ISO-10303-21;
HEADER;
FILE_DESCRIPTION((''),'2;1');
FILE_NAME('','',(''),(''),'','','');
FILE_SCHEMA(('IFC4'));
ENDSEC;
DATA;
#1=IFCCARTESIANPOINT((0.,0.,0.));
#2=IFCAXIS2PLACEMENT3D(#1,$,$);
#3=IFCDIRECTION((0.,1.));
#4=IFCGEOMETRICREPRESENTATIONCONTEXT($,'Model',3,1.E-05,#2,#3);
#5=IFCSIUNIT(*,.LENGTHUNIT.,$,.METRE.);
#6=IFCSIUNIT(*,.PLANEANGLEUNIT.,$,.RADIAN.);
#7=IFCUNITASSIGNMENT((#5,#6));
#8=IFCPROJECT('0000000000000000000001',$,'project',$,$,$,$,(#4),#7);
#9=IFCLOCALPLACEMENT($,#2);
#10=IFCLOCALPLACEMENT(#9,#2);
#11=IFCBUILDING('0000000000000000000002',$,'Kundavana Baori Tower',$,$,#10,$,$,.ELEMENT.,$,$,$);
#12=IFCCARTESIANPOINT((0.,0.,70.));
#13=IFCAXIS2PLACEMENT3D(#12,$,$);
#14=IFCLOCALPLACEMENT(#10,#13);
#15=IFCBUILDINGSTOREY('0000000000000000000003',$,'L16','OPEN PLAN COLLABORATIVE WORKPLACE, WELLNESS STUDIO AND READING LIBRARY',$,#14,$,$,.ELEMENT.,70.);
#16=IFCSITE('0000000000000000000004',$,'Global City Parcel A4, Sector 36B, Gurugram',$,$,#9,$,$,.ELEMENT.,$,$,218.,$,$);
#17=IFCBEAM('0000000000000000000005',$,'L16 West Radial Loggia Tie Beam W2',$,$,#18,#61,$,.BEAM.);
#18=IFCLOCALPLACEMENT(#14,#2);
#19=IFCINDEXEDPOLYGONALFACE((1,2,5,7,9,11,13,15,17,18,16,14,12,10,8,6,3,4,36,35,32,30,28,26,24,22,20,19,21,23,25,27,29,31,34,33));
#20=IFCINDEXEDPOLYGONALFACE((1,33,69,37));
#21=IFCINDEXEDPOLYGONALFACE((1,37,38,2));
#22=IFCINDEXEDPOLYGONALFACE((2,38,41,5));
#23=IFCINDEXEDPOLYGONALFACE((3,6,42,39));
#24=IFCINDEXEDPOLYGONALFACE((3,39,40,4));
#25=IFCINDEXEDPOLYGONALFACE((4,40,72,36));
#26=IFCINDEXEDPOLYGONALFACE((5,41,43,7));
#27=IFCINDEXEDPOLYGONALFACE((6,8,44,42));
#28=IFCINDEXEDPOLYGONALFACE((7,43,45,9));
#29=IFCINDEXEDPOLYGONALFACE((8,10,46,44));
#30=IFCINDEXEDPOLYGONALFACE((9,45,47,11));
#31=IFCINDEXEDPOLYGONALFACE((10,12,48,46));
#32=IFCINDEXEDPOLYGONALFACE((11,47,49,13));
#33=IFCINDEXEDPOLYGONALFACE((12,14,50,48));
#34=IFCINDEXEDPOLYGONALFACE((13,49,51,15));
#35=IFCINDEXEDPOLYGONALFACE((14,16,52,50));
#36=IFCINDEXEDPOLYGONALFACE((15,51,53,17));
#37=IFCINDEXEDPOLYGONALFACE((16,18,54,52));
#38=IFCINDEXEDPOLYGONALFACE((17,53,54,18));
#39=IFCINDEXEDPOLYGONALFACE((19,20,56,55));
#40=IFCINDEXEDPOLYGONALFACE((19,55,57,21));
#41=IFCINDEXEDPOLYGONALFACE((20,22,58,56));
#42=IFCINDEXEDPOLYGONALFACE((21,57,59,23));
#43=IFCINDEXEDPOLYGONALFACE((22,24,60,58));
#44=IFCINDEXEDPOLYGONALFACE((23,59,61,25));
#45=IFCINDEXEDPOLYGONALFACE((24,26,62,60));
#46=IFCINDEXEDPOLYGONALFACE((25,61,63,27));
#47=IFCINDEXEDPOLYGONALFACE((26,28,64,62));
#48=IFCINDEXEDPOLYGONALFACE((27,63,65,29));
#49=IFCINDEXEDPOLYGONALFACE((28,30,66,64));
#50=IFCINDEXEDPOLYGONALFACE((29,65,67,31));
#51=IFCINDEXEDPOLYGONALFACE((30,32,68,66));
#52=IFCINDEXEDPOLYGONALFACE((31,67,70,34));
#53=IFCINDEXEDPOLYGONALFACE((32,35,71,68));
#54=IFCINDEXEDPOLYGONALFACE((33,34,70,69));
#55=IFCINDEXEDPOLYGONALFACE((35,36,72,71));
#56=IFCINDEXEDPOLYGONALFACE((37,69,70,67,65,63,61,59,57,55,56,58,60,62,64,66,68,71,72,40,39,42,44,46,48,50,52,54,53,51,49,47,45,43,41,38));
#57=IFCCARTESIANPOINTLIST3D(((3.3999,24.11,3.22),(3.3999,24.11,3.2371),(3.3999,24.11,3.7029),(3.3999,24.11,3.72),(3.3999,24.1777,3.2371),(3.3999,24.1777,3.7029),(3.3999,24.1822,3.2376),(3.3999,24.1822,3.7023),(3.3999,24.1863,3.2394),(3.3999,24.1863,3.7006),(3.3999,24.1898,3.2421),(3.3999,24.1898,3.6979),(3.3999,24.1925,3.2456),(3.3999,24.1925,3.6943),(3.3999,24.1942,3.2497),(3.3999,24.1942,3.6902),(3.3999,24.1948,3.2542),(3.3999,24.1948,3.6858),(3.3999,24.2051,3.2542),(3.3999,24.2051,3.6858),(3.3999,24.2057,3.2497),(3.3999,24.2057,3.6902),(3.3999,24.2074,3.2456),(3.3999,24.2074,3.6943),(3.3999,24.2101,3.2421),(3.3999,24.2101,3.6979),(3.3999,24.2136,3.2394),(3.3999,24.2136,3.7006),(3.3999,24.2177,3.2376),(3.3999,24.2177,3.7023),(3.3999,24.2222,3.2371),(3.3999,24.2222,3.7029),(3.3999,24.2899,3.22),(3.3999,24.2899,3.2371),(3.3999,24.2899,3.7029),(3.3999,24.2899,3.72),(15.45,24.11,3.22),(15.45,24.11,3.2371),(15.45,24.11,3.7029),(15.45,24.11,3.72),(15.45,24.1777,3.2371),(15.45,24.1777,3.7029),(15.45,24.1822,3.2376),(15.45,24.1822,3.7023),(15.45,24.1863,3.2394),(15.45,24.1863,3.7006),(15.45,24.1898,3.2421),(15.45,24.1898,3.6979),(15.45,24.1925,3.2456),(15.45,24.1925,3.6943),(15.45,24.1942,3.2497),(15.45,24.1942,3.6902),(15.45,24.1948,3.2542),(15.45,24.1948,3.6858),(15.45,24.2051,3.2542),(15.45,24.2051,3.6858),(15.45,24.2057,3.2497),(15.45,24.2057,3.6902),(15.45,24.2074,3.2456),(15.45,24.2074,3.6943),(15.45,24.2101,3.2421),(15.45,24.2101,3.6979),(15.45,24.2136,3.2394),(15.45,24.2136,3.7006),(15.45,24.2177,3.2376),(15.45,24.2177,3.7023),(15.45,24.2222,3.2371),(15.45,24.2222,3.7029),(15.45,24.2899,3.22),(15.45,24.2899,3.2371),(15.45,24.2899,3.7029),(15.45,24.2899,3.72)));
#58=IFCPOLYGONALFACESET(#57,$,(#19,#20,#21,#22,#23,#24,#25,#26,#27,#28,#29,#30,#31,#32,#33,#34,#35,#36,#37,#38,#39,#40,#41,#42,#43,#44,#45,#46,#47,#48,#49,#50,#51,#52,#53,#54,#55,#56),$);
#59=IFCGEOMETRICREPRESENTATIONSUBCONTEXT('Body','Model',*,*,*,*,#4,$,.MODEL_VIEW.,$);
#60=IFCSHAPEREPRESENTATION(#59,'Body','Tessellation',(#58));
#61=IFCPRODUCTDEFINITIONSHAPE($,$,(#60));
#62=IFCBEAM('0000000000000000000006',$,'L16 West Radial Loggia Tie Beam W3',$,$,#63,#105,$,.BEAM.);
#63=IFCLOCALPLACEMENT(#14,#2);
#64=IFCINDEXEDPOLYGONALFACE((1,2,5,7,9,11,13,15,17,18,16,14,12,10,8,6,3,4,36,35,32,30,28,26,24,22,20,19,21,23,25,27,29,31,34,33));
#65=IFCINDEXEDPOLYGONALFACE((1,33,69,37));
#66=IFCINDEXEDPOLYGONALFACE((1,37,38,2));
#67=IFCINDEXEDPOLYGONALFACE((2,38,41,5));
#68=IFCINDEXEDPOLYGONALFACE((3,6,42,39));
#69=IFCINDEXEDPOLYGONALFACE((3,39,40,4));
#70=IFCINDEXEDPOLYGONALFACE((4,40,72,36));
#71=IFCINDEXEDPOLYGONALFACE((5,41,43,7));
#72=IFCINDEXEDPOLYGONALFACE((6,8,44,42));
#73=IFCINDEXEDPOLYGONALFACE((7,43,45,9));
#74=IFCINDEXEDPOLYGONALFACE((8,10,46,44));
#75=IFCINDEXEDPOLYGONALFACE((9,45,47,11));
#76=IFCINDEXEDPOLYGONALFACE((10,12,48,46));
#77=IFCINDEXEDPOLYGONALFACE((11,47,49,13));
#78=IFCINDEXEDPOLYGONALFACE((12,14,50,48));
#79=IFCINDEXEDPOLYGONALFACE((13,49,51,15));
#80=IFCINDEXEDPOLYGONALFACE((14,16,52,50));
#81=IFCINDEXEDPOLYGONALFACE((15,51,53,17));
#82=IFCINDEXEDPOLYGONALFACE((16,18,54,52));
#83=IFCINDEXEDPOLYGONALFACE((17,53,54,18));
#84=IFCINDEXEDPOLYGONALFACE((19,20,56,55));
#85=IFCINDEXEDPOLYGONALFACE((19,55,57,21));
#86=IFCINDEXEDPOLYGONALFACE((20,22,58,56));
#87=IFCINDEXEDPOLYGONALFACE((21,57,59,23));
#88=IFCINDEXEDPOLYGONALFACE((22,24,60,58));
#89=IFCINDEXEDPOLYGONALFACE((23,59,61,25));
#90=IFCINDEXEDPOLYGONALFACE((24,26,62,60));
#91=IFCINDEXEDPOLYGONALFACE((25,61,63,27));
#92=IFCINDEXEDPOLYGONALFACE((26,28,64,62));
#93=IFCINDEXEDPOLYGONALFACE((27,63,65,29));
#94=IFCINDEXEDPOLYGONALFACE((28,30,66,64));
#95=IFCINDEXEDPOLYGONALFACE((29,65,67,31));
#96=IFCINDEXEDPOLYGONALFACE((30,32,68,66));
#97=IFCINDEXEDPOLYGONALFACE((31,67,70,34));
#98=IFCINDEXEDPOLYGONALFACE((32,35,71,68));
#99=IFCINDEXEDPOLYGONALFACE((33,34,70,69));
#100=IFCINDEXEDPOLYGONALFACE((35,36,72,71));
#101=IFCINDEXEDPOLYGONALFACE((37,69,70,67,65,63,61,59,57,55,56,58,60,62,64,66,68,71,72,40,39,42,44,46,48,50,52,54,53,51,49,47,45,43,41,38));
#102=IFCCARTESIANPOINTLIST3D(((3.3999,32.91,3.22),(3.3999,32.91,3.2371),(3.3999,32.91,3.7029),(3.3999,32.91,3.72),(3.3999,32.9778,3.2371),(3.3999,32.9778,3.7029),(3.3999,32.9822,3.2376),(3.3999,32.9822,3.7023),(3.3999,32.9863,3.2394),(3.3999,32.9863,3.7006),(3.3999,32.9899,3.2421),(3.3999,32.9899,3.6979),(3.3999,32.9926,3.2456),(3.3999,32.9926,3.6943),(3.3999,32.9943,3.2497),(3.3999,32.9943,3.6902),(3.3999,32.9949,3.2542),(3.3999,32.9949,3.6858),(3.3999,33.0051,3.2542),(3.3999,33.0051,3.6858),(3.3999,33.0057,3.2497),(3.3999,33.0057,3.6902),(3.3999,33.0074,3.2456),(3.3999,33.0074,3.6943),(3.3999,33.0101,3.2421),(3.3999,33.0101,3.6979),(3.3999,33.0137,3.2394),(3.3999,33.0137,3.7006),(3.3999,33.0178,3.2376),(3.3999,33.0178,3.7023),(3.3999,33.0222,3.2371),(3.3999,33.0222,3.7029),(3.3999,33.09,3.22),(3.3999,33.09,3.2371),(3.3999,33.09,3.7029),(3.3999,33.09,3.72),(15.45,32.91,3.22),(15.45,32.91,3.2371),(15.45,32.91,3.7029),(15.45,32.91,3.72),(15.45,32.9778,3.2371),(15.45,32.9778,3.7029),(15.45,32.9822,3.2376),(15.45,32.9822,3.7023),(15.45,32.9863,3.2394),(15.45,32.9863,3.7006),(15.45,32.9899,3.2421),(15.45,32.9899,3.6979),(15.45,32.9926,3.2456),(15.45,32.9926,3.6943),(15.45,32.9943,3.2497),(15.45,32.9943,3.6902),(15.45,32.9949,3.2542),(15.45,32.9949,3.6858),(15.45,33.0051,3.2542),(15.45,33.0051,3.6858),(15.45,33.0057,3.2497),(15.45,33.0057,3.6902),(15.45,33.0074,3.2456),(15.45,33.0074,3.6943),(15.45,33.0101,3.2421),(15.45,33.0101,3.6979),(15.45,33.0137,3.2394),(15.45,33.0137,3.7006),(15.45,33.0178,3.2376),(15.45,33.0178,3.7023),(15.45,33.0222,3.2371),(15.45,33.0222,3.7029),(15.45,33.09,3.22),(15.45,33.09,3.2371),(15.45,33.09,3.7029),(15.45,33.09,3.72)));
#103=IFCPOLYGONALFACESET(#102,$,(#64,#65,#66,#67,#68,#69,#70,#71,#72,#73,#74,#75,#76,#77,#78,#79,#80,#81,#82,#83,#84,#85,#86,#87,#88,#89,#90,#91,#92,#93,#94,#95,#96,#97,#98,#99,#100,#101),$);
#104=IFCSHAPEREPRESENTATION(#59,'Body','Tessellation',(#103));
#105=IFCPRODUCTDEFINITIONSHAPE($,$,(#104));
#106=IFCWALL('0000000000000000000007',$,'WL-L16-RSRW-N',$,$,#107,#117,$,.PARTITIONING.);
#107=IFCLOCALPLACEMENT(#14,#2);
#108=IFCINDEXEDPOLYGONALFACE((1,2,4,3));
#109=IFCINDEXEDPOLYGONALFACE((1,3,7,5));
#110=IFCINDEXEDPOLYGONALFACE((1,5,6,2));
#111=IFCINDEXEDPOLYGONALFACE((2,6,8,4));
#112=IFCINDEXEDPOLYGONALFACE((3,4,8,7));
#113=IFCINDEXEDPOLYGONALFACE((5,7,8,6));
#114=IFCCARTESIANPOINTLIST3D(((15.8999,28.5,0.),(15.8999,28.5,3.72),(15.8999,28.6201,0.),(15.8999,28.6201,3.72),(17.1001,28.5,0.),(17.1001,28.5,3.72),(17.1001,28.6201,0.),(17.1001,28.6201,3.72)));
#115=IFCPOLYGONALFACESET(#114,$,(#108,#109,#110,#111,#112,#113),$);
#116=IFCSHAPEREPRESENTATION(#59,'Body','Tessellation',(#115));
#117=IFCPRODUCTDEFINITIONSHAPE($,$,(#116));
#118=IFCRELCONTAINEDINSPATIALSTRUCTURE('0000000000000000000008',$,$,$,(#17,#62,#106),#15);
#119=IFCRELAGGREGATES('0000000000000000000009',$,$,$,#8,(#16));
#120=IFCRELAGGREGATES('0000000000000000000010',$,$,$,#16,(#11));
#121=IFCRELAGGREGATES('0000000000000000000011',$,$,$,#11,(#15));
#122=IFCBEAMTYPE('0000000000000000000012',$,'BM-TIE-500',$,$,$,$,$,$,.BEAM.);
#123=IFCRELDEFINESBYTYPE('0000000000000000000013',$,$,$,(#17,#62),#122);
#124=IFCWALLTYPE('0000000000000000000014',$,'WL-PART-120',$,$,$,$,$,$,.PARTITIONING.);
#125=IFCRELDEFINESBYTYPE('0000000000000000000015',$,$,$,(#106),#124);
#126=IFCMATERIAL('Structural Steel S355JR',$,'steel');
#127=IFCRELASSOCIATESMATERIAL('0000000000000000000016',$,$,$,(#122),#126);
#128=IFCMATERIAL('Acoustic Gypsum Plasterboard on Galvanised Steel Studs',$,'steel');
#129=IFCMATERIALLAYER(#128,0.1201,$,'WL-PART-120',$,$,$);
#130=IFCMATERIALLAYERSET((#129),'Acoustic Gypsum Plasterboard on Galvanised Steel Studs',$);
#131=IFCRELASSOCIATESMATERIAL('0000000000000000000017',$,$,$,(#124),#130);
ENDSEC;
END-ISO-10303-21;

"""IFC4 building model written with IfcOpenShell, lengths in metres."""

from ifc_helpers import new_model, si_unit, direction, frame, frame_2d, origin, origin_2d, place, context, subcontext, project, spatial, rectangle, i_section, extrude, material, layer, layer_set, material_profile, profile_set, type_object, element, save


model = new_model("IFC4")

# Units and contexts
model_context = context("Model", 3, precision=1e-05, world=origin(), true_north=direction((0.0, 1.0)))
body_context = subcontext(model_context, "Body", "Model", "MODEL_VIEW")
ifc_project = project(units=[si_unit("LENGTHUNIT", "METRE"), si_unit("PLANEANGLEUNIT", "RADIAN")], contexts=[model_context])

# Site, building, storey
site_placement = place(None, origin())
site = spatial("IfcSite", under=ifc_project, at=site_placement, Name="Global City Parcel A4, Sector 36B, Gurugram", CompositionType="ELEMENT", RefElevation=218.0)
building_placement = place(site_placement, origin())
building = spatial("IfcBuilding", under=site, at=building_placement, Name="Kundavana Baori Tower", CompositionType="ELEMENT")
storey_placement = place(building_placement, frame((0.0, 0.0, 70.0)))
storey = spatial("IfcBuildingStorey", under=building, at=storey_placement, Name="L16", Description="OPEN PLAN COLLABORATIVE WORKPLACE, WELLNESS STUDIO AND READING LIBRARY", CompositionType="ELEMENT", Elevation=70.0)

# Beams
ifc_material_1 = material(Name="Structural Steel S355JR", Category="steel")
ifc_material_profile_1 = material_profile(ifc_material_1, i_section(OverallWidth=0.1799, OverallDepth=0.5, WebThickness=0.0103, FlangeThickness=0.0171, FilletRadius=0.0171, at=origin_2d()), Name="ISMB 500")
ifc_profile_set_1 = profile_set([ifc_material_profile_1], Name="Structural Steel S355JR")
beam_type_1 = type_object("IfcBeamType", Name="BM-TIE-500", PredefinedType="BEAM", material=ifc_profile_set_1)
for number, where, z_axis, x_axis, name in (
    (1, (15.45, 24.2, 3.47), (-1.0, 0.0, 0.0), (0.0, -1.0, 0.0), "L16 West Radial Loggia Tie Beam W2"),
    (2, (15.45, 33.0, 3.47), (-1.0, 0.0, 0.0), (0.0, -1.0, 0.0), "L16 West Radial Loggia Tie Beam W3"),
):
    element("IfcBeam", number, at=place(storey_placement, frame(where, z_axis=z_axis, x_axis=x_axis)), inside=storey, type_object=beam_type_1, Name=name, PredefinedType="BEAM", context=body_context, shape_type="SweptSolid", body=[
        extrude(i_section(OverallWidth=0.1799, OverallDepth=0.5, WebThickness=0.0103, FlangeThickness=0.0171, FilletRadius=0.0171, at=origin_2d()), origin(), (0.0, 0.0, 1.0), 12.05),
    ])

# Wall
ifc_material_2 = material(Name="Acoustic Gypsum Plasterboard on Galvanised Steel Studs", Category="steel")
ifc_layer_1 = layer(ifc_material_2, 0.1201, Name="WL-PART-120")
ifc_layer_set_1 = layer_set([ifc_layer_1], Name="Acoustic Gypsum Plasterboard on Galvanised Steel Studs")
wall_type_1 = type_object("IfcWallType", Name="WL-PART-120", PredefinedType="PARTITIONING", material=ifc_layer_set_1)
wall_1_placement = place(storey_placement, frame((15.8999, 28.5601, 0.0), z_axis=(0.0, 0.0, 1.0), x_axis=(1.0, 0.0, 0.0)))
element("IfcWall", 3, at=wall_1_placement, inside=storey, type_object=wall_type_1, Name="WL-L16-RSRW-N", PredefinedType="PARTITIONING", context=body_context, shape_type="SweptSolid", body=[
    extrude(rectangle(XDim=1.2002, YDim=0.1201, at=frame_2d((0.6001, 0.0))), origin(), (0.0, 0.0, 1.0), 3.72),
])

save(model, "model.ifc")
